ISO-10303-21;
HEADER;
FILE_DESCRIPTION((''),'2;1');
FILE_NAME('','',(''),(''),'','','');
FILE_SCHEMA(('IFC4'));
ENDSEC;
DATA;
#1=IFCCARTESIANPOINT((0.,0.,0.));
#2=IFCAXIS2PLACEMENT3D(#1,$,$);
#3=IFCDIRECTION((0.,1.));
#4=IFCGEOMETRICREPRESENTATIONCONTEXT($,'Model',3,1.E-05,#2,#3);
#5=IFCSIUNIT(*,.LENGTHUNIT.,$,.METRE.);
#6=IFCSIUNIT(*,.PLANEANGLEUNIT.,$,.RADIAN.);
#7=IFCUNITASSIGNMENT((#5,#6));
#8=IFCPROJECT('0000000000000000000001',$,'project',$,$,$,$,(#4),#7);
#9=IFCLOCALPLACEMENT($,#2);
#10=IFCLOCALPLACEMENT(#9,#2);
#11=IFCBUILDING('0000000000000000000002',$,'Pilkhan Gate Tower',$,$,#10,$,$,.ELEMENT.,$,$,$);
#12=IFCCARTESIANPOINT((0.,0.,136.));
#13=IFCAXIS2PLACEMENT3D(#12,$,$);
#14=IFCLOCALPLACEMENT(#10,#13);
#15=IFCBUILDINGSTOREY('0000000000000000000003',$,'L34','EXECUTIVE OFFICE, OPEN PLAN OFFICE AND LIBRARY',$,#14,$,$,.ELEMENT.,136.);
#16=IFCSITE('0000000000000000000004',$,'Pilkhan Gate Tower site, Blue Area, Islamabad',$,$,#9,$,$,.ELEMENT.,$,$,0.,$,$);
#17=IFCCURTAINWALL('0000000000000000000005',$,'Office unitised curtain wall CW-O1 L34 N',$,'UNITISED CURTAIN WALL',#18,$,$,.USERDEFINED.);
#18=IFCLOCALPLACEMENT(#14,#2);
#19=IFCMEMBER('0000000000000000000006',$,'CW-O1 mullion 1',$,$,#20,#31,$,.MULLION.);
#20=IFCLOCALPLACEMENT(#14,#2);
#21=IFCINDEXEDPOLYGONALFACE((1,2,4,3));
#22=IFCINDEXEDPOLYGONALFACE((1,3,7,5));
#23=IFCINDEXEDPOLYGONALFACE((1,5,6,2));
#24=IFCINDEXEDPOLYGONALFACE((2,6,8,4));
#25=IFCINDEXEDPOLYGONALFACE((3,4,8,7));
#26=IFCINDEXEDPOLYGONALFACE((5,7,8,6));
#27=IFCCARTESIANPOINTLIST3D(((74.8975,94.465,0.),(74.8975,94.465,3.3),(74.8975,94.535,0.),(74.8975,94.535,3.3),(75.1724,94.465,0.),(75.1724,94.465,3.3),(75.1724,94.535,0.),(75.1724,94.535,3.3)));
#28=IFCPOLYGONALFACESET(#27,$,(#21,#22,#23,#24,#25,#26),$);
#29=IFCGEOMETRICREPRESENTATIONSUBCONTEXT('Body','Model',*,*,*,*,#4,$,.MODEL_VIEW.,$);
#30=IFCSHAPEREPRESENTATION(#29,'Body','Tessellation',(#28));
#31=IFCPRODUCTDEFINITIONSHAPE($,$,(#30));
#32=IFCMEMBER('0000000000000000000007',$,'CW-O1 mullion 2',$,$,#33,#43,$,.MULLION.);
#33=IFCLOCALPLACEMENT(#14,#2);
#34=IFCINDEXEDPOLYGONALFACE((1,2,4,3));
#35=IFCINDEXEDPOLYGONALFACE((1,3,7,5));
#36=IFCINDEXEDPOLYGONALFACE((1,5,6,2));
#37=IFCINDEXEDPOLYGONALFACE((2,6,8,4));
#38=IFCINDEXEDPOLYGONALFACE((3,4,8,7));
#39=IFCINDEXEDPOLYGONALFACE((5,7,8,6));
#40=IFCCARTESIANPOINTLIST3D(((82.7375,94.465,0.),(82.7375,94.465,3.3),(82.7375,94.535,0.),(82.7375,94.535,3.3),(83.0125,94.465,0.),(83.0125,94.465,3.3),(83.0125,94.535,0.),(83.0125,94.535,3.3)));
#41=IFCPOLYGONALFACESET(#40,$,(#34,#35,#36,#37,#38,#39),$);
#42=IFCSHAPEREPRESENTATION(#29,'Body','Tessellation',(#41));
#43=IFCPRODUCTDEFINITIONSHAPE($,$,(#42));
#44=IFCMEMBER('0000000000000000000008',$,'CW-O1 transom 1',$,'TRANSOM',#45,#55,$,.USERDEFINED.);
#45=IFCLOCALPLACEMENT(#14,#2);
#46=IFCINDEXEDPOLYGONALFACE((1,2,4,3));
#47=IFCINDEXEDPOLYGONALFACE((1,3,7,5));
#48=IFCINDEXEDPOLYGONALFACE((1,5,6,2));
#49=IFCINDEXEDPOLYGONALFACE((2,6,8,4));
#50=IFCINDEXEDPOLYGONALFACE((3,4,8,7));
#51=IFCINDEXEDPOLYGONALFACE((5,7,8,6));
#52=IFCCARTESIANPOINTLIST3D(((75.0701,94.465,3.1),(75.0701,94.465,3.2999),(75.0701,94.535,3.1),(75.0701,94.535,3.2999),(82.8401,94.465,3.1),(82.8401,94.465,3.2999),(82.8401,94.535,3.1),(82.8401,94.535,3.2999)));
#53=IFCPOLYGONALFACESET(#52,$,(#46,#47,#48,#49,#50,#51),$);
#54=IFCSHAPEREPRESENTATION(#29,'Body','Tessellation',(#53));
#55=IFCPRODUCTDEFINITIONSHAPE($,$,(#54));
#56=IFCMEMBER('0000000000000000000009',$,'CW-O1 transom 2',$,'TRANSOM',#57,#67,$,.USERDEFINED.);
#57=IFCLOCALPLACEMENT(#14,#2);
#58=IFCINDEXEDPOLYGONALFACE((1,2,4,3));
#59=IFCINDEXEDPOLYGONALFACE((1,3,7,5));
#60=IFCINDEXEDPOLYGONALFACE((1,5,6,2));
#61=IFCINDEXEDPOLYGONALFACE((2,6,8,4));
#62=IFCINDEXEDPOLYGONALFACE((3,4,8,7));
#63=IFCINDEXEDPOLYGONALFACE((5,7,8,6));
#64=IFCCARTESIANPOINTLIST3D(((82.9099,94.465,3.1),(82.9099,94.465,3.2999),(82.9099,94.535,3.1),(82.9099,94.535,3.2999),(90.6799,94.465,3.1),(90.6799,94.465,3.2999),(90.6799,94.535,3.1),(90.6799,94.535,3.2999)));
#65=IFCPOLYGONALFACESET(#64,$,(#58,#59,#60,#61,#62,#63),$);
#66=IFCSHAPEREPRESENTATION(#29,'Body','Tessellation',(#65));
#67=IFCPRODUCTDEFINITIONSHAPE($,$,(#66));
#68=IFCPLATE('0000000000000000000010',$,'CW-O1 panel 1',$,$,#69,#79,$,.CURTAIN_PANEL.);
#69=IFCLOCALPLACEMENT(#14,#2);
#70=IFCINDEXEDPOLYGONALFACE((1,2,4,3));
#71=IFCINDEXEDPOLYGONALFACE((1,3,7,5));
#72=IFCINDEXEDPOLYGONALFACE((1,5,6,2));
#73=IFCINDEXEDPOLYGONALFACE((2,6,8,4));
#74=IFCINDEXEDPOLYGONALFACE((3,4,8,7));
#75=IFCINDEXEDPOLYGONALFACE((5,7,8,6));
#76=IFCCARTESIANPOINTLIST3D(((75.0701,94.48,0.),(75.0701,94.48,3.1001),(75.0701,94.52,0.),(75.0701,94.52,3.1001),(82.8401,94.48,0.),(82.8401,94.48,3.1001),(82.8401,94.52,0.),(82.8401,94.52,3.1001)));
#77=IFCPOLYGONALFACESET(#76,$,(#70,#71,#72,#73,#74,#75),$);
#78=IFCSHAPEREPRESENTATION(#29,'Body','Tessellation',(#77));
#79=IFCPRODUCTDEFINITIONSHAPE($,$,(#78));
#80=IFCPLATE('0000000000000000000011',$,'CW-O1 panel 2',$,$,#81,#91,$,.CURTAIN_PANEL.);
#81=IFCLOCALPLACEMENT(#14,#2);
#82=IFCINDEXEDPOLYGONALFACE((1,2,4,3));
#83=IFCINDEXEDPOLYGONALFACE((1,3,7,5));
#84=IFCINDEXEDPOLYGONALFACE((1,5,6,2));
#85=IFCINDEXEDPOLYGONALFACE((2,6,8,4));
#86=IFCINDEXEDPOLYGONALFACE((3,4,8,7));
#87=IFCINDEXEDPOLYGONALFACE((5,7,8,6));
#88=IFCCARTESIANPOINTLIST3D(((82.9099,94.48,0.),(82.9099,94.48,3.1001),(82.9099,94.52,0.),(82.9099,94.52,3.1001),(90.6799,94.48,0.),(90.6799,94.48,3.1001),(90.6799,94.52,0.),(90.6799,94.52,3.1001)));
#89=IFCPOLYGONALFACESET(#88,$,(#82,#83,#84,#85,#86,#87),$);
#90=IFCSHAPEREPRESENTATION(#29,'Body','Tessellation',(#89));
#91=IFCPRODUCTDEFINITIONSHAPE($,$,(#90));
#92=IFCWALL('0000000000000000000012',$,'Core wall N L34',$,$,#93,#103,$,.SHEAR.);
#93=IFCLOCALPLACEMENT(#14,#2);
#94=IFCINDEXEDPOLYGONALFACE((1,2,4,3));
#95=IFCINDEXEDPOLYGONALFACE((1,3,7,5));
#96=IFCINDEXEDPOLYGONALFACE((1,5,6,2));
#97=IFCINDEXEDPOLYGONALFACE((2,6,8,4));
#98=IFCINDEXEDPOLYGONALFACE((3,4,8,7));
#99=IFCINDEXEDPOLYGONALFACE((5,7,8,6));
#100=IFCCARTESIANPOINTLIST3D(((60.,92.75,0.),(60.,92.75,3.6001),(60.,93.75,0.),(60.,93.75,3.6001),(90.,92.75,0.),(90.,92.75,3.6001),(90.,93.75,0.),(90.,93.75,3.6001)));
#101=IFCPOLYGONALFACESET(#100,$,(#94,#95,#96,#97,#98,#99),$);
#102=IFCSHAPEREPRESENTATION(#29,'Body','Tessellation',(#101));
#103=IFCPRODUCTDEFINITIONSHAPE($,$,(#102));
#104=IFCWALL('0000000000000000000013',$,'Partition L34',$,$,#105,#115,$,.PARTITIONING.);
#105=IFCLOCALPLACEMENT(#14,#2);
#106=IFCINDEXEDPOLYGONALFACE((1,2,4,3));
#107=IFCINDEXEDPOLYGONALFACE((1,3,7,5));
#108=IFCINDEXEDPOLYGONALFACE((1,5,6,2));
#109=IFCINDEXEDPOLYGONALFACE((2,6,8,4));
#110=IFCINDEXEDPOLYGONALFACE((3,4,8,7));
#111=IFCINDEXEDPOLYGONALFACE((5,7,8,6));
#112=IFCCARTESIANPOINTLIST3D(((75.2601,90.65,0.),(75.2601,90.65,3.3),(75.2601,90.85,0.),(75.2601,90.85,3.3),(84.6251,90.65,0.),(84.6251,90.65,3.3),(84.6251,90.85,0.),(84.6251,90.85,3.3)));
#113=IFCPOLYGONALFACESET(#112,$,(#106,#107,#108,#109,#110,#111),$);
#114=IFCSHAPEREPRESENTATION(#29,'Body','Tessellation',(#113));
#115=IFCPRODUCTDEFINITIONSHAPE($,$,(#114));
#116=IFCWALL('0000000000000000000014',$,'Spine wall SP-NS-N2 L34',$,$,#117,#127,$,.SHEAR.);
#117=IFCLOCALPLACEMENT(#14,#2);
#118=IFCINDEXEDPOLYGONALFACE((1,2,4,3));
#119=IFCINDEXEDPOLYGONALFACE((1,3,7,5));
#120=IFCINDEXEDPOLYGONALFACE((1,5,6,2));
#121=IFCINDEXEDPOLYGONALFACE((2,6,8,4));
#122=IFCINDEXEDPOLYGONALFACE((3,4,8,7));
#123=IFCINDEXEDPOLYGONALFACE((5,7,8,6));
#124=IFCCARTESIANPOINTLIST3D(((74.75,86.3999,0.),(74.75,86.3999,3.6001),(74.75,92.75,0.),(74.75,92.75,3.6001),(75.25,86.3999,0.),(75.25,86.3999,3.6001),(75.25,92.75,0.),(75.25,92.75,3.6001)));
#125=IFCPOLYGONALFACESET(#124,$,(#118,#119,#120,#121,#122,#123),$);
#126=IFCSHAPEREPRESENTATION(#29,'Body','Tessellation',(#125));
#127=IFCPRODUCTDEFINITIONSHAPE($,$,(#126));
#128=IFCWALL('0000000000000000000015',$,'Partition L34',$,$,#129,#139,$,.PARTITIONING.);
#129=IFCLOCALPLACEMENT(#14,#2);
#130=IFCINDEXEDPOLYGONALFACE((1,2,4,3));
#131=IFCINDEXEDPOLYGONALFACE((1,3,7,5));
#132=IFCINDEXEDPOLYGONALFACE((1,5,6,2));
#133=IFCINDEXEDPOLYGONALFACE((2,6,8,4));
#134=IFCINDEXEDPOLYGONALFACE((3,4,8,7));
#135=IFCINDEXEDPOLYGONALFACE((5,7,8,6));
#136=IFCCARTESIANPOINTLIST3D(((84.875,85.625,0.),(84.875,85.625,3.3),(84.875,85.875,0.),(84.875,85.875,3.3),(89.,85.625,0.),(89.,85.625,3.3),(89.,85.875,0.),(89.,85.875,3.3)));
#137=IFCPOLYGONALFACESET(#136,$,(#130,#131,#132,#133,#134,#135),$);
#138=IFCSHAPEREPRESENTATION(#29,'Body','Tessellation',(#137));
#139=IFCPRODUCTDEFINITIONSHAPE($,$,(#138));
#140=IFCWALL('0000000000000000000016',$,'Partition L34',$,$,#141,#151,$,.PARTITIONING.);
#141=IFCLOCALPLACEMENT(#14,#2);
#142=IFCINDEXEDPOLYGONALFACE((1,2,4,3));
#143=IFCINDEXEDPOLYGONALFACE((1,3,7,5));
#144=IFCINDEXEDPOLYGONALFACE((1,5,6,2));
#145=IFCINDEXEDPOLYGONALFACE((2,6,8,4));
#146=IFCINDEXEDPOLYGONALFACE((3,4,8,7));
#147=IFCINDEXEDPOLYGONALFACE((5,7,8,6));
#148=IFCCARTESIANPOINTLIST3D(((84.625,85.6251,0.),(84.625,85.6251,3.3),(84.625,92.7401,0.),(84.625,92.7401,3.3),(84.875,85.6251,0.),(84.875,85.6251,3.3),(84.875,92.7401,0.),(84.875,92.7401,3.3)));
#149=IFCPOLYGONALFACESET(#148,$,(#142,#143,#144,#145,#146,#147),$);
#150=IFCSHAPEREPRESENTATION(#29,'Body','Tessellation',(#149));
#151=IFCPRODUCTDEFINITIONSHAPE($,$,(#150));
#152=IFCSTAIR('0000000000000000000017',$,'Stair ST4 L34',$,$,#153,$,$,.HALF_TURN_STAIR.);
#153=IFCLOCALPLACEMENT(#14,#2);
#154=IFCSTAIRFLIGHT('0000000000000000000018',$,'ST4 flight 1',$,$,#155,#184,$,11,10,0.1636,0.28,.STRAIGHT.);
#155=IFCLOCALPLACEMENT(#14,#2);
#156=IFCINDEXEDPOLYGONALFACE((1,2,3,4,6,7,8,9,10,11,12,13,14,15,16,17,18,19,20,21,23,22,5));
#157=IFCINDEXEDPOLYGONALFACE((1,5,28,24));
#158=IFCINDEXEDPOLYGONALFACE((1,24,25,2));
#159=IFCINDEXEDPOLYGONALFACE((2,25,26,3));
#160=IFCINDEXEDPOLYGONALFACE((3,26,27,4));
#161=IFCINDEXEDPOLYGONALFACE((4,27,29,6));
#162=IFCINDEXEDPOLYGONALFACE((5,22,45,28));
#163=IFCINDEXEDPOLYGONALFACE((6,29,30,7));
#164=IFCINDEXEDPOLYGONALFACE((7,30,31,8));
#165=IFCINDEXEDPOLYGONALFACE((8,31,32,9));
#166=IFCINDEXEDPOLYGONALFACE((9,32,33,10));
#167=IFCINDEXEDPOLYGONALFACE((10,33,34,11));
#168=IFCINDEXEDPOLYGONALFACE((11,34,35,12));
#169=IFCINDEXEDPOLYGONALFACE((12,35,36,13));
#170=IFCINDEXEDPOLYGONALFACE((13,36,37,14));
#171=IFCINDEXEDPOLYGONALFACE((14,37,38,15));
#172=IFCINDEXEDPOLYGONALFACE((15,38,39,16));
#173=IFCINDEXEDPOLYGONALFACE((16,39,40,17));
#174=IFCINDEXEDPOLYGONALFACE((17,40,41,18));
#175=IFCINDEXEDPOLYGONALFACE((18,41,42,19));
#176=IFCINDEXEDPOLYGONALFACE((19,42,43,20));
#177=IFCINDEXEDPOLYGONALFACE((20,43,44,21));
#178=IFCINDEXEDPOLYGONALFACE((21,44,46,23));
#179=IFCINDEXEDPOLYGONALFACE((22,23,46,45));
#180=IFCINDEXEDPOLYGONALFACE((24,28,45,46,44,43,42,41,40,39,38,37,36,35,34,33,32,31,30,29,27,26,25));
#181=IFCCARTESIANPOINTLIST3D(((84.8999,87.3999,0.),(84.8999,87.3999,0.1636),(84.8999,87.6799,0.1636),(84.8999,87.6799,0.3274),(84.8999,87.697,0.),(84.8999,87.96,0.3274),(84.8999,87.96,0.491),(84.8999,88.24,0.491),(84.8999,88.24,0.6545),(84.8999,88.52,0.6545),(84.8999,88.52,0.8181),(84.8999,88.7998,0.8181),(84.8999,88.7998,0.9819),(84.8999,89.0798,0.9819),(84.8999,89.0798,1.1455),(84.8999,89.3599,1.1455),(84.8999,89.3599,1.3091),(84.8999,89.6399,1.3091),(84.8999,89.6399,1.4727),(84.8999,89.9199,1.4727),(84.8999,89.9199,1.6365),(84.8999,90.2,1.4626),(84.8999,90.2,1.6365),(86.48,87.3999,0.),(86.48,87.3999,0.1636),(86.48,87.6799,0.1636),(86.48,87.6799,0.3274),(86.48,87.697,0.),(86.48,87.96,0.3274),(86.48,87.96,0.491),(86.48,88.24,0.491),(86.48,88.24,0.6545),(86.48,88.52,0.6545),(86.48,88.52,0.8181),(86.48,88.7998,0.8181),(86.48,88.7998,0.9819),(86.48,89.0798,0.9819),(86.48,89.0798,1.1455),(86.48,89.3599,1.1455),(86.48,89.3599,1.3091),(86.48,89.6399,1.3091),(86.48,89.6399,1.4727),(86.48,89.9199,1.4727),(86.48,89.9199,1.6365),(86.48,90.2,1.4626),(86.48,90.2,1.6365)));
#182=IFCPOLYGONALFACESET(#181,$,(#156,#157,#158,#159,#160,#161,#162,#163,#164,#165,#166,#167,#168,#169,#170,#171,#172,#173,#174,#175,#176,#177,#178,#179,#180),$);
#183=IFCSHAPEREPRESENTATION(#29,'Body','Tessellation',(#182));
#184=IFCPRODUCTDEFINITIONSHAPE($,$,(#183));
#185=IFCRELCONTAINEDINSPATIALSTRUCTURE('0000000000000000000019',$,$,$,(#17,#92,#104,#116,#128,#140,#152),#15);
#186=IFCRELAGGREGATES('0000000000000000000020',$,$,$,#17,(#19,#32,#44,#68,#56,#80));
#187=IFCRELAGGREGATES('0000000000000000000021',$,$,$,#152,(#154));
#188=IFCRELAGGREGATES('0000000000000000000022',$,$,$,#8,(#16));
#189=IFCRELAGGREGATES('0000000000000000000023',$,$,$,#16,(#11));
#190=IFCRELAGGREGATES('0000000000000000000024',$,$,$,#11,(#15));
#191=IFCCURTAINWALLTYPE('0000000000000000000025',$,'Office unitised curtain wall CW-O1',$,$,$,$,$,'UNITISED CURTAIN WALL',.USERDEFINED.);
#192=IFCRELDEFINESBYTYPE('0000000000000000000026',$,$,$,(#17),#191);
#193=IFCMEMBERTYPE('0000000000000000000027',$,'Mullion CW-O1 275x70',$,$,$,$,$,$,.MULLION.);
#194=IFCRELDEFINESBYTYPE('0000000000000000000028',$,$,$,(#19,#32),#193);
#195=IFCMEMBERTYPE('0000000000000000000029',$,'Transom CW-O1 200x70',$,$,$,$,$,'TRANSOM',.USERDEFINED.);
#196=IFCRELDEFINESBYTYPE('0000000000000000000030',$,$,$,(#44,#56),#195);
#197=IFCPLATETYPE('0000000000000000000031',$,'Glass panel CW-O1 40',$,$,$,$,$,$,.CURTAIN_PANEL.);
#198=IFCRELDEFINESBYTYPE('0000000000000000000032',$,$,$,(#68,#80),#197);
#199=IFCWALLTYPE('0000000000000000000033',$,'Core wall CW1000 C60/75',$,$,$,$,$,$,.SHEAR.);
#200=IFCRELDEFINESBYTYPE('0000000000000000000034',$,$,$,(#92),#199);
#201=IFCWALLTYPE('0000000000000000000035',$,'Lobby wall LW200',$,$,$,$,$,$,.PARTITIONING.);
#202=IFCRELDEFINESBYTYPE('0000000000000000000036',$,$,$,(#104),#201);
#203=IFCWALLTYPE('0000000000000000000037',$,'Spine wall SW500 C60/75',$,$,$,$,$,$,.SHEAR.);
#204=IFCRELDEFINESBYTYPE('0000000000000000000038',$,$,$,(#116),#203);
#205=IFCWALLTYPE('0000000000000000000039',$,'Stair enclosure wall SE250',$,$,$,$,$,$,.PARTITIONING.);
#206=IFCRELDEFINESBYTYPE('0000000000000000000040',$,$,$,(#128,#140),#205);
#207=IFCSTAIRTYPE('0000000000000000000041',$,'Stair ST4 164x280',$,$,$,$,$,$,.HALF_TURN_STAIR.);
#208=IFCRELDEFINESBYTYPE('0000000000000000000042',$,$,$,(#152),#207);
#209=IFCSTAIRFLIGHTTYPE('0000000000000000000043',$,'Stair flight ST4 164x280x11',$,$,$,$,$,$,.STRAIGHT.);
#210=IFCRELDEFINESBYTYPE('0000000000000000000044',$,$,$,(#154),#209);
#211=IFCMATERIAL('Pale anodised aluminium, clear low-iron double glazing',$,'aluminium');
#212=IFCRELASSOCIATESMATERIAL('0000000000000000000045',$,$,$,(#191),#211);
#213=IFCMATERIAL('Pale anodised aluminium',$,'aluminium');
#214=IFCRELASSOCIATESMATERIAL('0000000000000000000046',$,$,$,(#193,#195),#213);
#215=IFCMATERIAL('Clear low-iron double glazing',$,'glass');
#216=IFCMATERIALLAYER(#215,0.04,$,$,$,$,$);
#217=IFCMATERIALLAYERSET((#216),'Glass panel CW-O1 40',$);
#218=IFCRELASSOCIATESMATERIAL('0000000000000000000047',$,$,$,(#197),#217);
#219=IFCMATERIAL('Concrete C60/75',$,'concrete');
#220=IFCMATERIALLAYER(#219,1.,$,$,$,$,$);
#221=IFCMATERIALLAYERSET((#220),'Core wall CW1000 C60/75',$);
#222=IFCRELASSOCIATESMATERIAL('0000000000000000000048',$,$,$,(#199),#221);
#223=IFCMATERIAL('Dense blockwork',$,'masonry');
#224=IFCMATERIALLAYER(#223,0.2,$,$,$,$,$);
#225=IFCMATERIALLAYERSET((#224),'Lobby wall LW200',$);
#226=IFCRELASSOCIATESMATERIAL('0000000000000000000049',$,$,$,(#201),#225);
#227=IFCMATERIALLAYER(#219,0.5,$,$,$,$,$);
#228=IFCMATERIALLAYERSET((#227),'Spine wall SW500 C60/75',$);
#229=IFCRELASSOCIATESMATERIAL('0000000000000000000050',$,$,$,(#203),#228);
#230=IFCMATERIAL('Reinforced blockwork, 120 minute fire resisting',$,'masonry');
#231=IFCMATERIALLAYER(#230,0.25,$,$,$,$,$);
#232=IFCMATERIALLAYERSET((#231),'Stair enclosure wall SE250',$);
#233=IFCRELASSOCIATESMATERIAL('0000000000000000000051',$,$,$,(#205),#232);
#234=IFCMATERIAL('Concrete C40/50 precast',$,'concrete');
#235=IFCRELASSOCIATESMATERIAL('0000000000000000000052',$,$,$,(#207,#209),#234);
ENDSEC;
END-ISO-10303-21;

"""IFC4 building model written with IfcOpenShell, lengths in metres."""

from ifc_helpers import new_model, si_unit, direction, frame, frame_2d, origin, origin_2d, place, context, subcontext, project, spatial, polyline, rectangle, outline, extrude, material, layer, layer_set, material_profile, profile_set, type_object, element, aggregate, save


model = new_model("IFC4")

# Units and contexts
model_context = context("Model", 3, precision=1e-05, world=origin(), true_north=direction((0.0, 1.0)))
body_context = subcontext(model_context, "Body", "Model", "MODEL_VIEW")
ifc_project = project(units=[si_unit("LENGTHUNIT", "METRE"), si_unit("PLANEANGLEUNIT", "RADIAN")], contexts=[model_context])

# Site, building, storey
site_placement = place(None, origin())
site = spatial("IfcSite", under=ifc_project, at=site_placement, Name="Pilkhan Gate Tower site, Blue Area, Islamabad", CompositionType="ELEMENT", RefElevation=0.0)
building_placement = place(site_placement, origin())
building = spatial("IfcBuilding", under=site, at=building_placement, Name="Pilkhan Gate Tower", CompositionType="ELEMENT")
storey_placement = place(building_placement, frame((0.0, 0.0, 136.0)))
storey = spatial("IfcBuildingStorey", under=building, at=storey_placement, Name="L34", Description="EXECUTIVE OFFICE, OPEN PLAN OFFICE AND LIBRARY", CompositionType="ELEMENT", Elevation=136.0)

# Curtain wall, members, plates
ifc_material_1 = material(Name="Pale anodised aluminium, clear low-iron double glazing", Category="aluminium")
curtain_wall_type = type_object("IfcCurtainWallType", Name="Office unitised curtain wall CW-O1", ElementType="UNITISED CURTAIN WALL", PredefinedType="USERDEFINED", material=ifc_material_1)
curtain_wall_placement = place(storey_placement, origin())
curtain_wall = element("IfcCurtainWall", 1, at=curtain_wall_placement, inside=storey, type_object=curtain_wall_type, Name="Office unitised curtain wall CW-O1 L34 N", ObjectType="UNITISED CURTAIN WALL", PredefinedType="USERDEFINED")
ifc_material_2 = material(Name="Pale anodised aluminium", Category="aluminium")
ifc_material_profile_1 = material_profile(ifc_material_2, rectangle(XDim=0.0701, YDim=0.2749, at=origin_2d()), Name="Mullion 275x70")
ifc_profile_set_1 = profile_set([ifc_material_profile_1], Name="Pale anodised aluminium")
member_type_1 = type_object("IfcMemberType", Name="Mullion CW-O1 275x70", PredefinedType="MULLION", material=ifc_profile_set_1)
member_1_placement = place(storey_placement, frame((75.0349, 94.5, 0.0), z_axis=(0.0, 0.0, 1.0), x_axis=(0.0, 1.0, 0.0)))
member_1 = element("IfcMember", 2, at=member_1_placement, type_object=member_type_1, Name="CW-O1 mullion 1", PredefinedType="MULLION", context=body_context, shape_type="SweptSolid", body=[
    extrude(rectangle(XDim=0.0701, YDim=0.2749, at=origin_2d()), origin(), (0.0, 0.0, 1.0), 3.3),
])
member_2_placement = place(storey_placement, frame((82.875, 94.5, 0.0), z_axis=(0.0, 0.0, 1.0), x_axis=(0.0, 1.0, 0.0)))
member_2 = element("IfcMember", 3, at=member_2_placement, type_object=member_type_1, Name="CW-O1 mullion 2", PredefinedType="MULLION", context=body_context, shape_type="SweptSolid", body=[
    extrude(rectangle(XDim=0.0701, YDim=0.2749, at=origin_2d()), origin(), (0.0, 0.0, 1.0), 3.3),
])
ifc_material_profile_2 = material_profile(ifc_material_2, rectangle(XDim=0.0701, YDim=0.2, at=origin_2d()), Name="Transom 200x70")
ifc_profile_set_2 = profile_set([ifc_material_profile_2], Name="Pale anodised aluminium")
member_type_2 = type_object("IfcMemberType", Name="Transom CW-O1 200x70", ElementType="TRANSOM", PredefinedType="USERDEFINED", material=ifc_profile_set_2)
member_3_placement = place(storey_placement, frame((75.0701, 94.5, 3.2), z_axis=(1.0, 0.0, 0.0), x_axis=(0.0, 1.0, 0.0)))
member_3 = element("IfcMember", 4, at=member_3_placement, type_object=member_type_2, Name="CW-O1 transom 1", ObjectType="TRANSOM", PredefinedType="USERDEFINED", context=body_context, shape_type="SweptSolid", body=[
    extrude(rectangle(XDim=0.0701, YDim=0.2, at=origin_2d()), origin(), (0.0, 0.0, 1.0), 7.77),
])
member_4_placement = place(storey_placement, frame((82.9099, 94.5, 3.2), z_axis=(1.0, 0.0, 0.0), x_axis=(0.0, 1.0, 0.0)))
member_4 = element("IfcMember", 5, at=member_4_placement, type_object=member_type_2, Name="CW-O1 transom 2", ObjectType="TRANSOM", PredefinedType="USERDEFINED", context=body_context, shape_type="SweptSolid", body=[
    extrude(rectangle(XDim=0.0701, YDim=0.2, at=origin_2d()), origin(), (0.0, 0.0, 1.0), 7.77),
])
ifc_material_3 = material(Name="Clear low-iron double glazing", Category="glass")
ifc_layer_1 = layer(ifc_material_3, 0.04)
ifc_layer_set_1 = layer_set([ifc_layer_1], Name="Glass panel CW-O1 40")
plate_type = type_object("IfcPlateType", Name="Glass panel CW-O1 40", PredefinedType="CURTAIN_PANEL", material=ifc_layer_set_1)
plate_1_placement = place(storey_placement, frame((78.9551, 94.5, 0.0), z_axis=(0.0, 0.0, 1.0), x_axis=(1.0, 0.0, 0.0)))
plate_1 = element("IfcPlate", 6, at=plate_1_placement, type_object=plate_type, Name="CW-O1 panel 1", PredefinedType="CURTAIN_PANEL", context=body_context, shape_type="SweptSolid", body=[
    extrude(rectangle(XDim=7.77, YDim=0.04, at=origin_2d()), origin(), (0.0, 0.0, 1.0), 3.1001),
])
plate_2_placement = place(storey_placement, frame((86.7949, 94.5, 0.0), z_axis=(0.0, 0.0, 1.0), x_axis=(1.0, 0.0, 0.0)))
plate_2 = element("IfcPlate", 7, at=plate_2_placement, type_object=plate_type, Name="CW-O1 panel 2", PredefinedType="CURTAIN_PANEL", context=body_context, shape_type="SweptSolid", body=[
    extrude(rectangle(XDim=7.77, YDim=0.04, at=origin_2d()), origin(), (0.0, 0.0, 1.0), 3.1001),
])
aggregate(curtain_wall, [member_1, member_2, member_3, plate_1, member_4, plate_2])

# Walls
ifc_material_4 = material(Name="Concrete C60/75", Category="concrete")
ifc_layer_2 = layer(ifc_material_4, 1.0)
ifc_layer_set_2 = layer_set([ifc_layer_2], Name="Core wall CW1000 C60/75")
wall_type_1 = type_object("IfcWallType", Name="Core wall CW1000 C60/75", PredefinedType="SHEAR", material=ifc_layer_set_2)
wall_1_placement = place(storey_placement, frame((90.0, 93.25, 0.0), z_axis=(0.0, 0.0, 1.0), x_axis=(-1.0, 0.0, 0.0)))
element("IfcWall", 8, at=wall_1_placement, inside=storey, type_object=wall_type_1, Name="Core wall N L34", PredefinedType="SHEAR", context=body_context, shape_type="SweptSolid", body=[
    extrude(rectangle(XDim=30.0, YDim=1.0, at=frame_2d((15.0, 0.0))), origin(), (0.0, 0.0, 1.0), 3.6001),
])
ifc_material_5 = material(Name="Dense blockwork", Category="masonry")
ifc_layer_3 = layer(ifc_material_5, 0.2)
ifc_layer_set_3 = layer_set([ifc_layer_3], Name="Lobby wall LW200")
wall_type_2 = type_object("IfcWallType", Name="Lobby wall LW200", PredefinedType="PARTITIONING", material=ifc_layer_set_3)
wall_2_placement = place(storey_placement, frame((75.26, 90.75, 0.0), z_axis=(0.0, 0.0, 1.0), x_axis=(1.0, 0.0, 0.0)))
element("IfcWall", 9, at=wall_2_placement, inside=storey, type_object=wall_type_2, Name="Partition L34", PredefinedType="PARTITIONING", context=body_context, shape_type="SweptSolid", body=[
    extrude(rectangle(XDim=9.365, YDim=0.2, at=frame_2d((4.6826, 0.0))), origin(), (0.0, 0.0, 1.0), 3.3),
])
ifc_layer_4 = layer(ifc_material_4, 0.5)
ifc_layer_set_4 = layer_set([ifc_layer_4], Name="Spine wall SW500 C60/75")
wall_type_3 = type_object("IfcWallType", Name="Spine wall SW500 C60/75", PredefinedType="SHEAR", material=ifc_layer_set_4)
wall_3_placement = place(storey_placement, frame((75.0, 86.3999, 0.0), z_axis=(0.0, 0.0, 1.0), x_axis=(0.0, 1.0, 0.0)))
element("IfcWall", 10, at=wall_3_placement, inside=storey, type_object=wall_type_3, Name="Spine wall SP-NS-N2 L34", PredefinedType="SHEAR", context=body_context, shape_type="SweptSolid", body=[
    extrude(rectangle(XDim=6.3501, YDim=0.5, at=frame_2d((3.175, 0.0))), origin(), (0.0, 0.0, 1.0), 3.6001),
])
ifc_material_6 = material(Name="Reinforced blockwork, 120 minute fire resisting", Category="masonry")
ifc_layer_5 = layer(ifc_material_6, 0.25)
ifc_layer_set_5 = layer_set([ifc_layer_5], Name="Stair enclosure wall SE250")
wall_type_4 = type_object("IfcWallType", Name="Stair enclosure wall SE250", PredefinedType="PARTITIONING", material=ifc_layer_set_5)
wall_4_placement = place(storey_placement, frame((84.875, 85.75, 0.0), z_axis=(0.0, 0.0, 1.0), x_axis=(1.0, 0.0, 0.0)))
element("IfcWall", 11, at=wall_4_placement, inside=storey, type_object=wall_type_4, Name="Partition L34", PredefinedType="PARTITIONING", context=body_context, shape_type="SweptSolid", body=[
    extrude(rectangle(XDim=4.125, YDim=0.25, at=frame_2d((2.0625, 0.0))), origin(), (0.0, 0.0, 1.0), 3.3),
])
wall_5_placement = place(storey_placement, frame((84.75, 85.625, 0.0), z_axis=(0.0, 0.0, 1.0), x_axis=(0.0, 1.0, 0.0)))
element("IfcWall", 12, at=wall_5_placement, inside=storey, type_object=wall_type_4, Name="Partition L34", PredefinedType="PARTITIONING", context=body_context, shape_type="SweptSolid", body=[
    extrude(rectangle(XDim=7.115, YDim=0.25, at=frame_2d((3.5576, 0.0))), origin(), (0.0, 0.0, 1.0), 3.3),
])

# Stair, stair flight
ifc_material_7 = material(Name="Concrete C40/50 precast", Category="concrete")
stair_type = type_object("IfcStairType", Name="Stair ST4 164x280", PredefinedType="HALF_TURN_STAIR", material=ifc_material_7)
stair_placement = place(storey_placement, origin())
stair = element("IfcStair", 13, at=stair_placement, inside=storey, type_object=stair_type, Name="Stair ST4 L34", PredefinedType="HALF_TURN_STAIR")
stair_flight_type = type_object("IfcStairFlightType", Name="Stair flight ST4 164x280x11", PredefinedType="STRAIGHT", material=ifc_material_7)
stair_flight_1_placement = place(storey_placement, frame((85.6899, 87.3999, 0.0), z_axis=(0.0, 0.0, 1.0), x_axis=(0.0, 1.0, 0.0)))
stair_flight_1 = element("IfcStairFlight", 14, at=stair_flight_1_placement, type_object=stair_flight_type, Name="ST4 flight 1", NumberOfRisers=11, NumberOfTreads=10, PredefinedType="STRAIGHT", RiserHeight=0.1636, TreadLength=0.28, context=body_context, shape_type="SweptSolid", body=[
    extrude(outline(polyline([(0.0, 0.0), (0.0, 0.1636), (0.28, 0.1636), (0.28, 0.3274), (0.5601, 0.3274), (0.5601, 0.491), (0.8401, 0.491), (0.8401, 0.6545), (1.1201, 0.6545), (1.1201, 0.8181), (1.3999, 0.8181), (1.3999, 0.9819), (1.6799, 0.9819), (1.6799, 1.1455), (1.96, 1.1455), (1.96, 1.3091), (2.24, 1.3091), (2.24, 1.4727), (2.52, 1.4727), (2.52, 1.6365), (2.8, 1.6365), (2.8, 1.8), (2.8, 1.4626), (0.2971, 0.0), (0.0, 0.0)])), frame((0.0, 0.79, 0.0), z_axis=(0.0, -1.0, 0.0), x_axis=(1.0, 0.0, 0.0)), (0.0, 0.0, 1.0), 1.5801),
])
aggregate(stair, [stair_flight_1])

save(model, "model.ifc")
